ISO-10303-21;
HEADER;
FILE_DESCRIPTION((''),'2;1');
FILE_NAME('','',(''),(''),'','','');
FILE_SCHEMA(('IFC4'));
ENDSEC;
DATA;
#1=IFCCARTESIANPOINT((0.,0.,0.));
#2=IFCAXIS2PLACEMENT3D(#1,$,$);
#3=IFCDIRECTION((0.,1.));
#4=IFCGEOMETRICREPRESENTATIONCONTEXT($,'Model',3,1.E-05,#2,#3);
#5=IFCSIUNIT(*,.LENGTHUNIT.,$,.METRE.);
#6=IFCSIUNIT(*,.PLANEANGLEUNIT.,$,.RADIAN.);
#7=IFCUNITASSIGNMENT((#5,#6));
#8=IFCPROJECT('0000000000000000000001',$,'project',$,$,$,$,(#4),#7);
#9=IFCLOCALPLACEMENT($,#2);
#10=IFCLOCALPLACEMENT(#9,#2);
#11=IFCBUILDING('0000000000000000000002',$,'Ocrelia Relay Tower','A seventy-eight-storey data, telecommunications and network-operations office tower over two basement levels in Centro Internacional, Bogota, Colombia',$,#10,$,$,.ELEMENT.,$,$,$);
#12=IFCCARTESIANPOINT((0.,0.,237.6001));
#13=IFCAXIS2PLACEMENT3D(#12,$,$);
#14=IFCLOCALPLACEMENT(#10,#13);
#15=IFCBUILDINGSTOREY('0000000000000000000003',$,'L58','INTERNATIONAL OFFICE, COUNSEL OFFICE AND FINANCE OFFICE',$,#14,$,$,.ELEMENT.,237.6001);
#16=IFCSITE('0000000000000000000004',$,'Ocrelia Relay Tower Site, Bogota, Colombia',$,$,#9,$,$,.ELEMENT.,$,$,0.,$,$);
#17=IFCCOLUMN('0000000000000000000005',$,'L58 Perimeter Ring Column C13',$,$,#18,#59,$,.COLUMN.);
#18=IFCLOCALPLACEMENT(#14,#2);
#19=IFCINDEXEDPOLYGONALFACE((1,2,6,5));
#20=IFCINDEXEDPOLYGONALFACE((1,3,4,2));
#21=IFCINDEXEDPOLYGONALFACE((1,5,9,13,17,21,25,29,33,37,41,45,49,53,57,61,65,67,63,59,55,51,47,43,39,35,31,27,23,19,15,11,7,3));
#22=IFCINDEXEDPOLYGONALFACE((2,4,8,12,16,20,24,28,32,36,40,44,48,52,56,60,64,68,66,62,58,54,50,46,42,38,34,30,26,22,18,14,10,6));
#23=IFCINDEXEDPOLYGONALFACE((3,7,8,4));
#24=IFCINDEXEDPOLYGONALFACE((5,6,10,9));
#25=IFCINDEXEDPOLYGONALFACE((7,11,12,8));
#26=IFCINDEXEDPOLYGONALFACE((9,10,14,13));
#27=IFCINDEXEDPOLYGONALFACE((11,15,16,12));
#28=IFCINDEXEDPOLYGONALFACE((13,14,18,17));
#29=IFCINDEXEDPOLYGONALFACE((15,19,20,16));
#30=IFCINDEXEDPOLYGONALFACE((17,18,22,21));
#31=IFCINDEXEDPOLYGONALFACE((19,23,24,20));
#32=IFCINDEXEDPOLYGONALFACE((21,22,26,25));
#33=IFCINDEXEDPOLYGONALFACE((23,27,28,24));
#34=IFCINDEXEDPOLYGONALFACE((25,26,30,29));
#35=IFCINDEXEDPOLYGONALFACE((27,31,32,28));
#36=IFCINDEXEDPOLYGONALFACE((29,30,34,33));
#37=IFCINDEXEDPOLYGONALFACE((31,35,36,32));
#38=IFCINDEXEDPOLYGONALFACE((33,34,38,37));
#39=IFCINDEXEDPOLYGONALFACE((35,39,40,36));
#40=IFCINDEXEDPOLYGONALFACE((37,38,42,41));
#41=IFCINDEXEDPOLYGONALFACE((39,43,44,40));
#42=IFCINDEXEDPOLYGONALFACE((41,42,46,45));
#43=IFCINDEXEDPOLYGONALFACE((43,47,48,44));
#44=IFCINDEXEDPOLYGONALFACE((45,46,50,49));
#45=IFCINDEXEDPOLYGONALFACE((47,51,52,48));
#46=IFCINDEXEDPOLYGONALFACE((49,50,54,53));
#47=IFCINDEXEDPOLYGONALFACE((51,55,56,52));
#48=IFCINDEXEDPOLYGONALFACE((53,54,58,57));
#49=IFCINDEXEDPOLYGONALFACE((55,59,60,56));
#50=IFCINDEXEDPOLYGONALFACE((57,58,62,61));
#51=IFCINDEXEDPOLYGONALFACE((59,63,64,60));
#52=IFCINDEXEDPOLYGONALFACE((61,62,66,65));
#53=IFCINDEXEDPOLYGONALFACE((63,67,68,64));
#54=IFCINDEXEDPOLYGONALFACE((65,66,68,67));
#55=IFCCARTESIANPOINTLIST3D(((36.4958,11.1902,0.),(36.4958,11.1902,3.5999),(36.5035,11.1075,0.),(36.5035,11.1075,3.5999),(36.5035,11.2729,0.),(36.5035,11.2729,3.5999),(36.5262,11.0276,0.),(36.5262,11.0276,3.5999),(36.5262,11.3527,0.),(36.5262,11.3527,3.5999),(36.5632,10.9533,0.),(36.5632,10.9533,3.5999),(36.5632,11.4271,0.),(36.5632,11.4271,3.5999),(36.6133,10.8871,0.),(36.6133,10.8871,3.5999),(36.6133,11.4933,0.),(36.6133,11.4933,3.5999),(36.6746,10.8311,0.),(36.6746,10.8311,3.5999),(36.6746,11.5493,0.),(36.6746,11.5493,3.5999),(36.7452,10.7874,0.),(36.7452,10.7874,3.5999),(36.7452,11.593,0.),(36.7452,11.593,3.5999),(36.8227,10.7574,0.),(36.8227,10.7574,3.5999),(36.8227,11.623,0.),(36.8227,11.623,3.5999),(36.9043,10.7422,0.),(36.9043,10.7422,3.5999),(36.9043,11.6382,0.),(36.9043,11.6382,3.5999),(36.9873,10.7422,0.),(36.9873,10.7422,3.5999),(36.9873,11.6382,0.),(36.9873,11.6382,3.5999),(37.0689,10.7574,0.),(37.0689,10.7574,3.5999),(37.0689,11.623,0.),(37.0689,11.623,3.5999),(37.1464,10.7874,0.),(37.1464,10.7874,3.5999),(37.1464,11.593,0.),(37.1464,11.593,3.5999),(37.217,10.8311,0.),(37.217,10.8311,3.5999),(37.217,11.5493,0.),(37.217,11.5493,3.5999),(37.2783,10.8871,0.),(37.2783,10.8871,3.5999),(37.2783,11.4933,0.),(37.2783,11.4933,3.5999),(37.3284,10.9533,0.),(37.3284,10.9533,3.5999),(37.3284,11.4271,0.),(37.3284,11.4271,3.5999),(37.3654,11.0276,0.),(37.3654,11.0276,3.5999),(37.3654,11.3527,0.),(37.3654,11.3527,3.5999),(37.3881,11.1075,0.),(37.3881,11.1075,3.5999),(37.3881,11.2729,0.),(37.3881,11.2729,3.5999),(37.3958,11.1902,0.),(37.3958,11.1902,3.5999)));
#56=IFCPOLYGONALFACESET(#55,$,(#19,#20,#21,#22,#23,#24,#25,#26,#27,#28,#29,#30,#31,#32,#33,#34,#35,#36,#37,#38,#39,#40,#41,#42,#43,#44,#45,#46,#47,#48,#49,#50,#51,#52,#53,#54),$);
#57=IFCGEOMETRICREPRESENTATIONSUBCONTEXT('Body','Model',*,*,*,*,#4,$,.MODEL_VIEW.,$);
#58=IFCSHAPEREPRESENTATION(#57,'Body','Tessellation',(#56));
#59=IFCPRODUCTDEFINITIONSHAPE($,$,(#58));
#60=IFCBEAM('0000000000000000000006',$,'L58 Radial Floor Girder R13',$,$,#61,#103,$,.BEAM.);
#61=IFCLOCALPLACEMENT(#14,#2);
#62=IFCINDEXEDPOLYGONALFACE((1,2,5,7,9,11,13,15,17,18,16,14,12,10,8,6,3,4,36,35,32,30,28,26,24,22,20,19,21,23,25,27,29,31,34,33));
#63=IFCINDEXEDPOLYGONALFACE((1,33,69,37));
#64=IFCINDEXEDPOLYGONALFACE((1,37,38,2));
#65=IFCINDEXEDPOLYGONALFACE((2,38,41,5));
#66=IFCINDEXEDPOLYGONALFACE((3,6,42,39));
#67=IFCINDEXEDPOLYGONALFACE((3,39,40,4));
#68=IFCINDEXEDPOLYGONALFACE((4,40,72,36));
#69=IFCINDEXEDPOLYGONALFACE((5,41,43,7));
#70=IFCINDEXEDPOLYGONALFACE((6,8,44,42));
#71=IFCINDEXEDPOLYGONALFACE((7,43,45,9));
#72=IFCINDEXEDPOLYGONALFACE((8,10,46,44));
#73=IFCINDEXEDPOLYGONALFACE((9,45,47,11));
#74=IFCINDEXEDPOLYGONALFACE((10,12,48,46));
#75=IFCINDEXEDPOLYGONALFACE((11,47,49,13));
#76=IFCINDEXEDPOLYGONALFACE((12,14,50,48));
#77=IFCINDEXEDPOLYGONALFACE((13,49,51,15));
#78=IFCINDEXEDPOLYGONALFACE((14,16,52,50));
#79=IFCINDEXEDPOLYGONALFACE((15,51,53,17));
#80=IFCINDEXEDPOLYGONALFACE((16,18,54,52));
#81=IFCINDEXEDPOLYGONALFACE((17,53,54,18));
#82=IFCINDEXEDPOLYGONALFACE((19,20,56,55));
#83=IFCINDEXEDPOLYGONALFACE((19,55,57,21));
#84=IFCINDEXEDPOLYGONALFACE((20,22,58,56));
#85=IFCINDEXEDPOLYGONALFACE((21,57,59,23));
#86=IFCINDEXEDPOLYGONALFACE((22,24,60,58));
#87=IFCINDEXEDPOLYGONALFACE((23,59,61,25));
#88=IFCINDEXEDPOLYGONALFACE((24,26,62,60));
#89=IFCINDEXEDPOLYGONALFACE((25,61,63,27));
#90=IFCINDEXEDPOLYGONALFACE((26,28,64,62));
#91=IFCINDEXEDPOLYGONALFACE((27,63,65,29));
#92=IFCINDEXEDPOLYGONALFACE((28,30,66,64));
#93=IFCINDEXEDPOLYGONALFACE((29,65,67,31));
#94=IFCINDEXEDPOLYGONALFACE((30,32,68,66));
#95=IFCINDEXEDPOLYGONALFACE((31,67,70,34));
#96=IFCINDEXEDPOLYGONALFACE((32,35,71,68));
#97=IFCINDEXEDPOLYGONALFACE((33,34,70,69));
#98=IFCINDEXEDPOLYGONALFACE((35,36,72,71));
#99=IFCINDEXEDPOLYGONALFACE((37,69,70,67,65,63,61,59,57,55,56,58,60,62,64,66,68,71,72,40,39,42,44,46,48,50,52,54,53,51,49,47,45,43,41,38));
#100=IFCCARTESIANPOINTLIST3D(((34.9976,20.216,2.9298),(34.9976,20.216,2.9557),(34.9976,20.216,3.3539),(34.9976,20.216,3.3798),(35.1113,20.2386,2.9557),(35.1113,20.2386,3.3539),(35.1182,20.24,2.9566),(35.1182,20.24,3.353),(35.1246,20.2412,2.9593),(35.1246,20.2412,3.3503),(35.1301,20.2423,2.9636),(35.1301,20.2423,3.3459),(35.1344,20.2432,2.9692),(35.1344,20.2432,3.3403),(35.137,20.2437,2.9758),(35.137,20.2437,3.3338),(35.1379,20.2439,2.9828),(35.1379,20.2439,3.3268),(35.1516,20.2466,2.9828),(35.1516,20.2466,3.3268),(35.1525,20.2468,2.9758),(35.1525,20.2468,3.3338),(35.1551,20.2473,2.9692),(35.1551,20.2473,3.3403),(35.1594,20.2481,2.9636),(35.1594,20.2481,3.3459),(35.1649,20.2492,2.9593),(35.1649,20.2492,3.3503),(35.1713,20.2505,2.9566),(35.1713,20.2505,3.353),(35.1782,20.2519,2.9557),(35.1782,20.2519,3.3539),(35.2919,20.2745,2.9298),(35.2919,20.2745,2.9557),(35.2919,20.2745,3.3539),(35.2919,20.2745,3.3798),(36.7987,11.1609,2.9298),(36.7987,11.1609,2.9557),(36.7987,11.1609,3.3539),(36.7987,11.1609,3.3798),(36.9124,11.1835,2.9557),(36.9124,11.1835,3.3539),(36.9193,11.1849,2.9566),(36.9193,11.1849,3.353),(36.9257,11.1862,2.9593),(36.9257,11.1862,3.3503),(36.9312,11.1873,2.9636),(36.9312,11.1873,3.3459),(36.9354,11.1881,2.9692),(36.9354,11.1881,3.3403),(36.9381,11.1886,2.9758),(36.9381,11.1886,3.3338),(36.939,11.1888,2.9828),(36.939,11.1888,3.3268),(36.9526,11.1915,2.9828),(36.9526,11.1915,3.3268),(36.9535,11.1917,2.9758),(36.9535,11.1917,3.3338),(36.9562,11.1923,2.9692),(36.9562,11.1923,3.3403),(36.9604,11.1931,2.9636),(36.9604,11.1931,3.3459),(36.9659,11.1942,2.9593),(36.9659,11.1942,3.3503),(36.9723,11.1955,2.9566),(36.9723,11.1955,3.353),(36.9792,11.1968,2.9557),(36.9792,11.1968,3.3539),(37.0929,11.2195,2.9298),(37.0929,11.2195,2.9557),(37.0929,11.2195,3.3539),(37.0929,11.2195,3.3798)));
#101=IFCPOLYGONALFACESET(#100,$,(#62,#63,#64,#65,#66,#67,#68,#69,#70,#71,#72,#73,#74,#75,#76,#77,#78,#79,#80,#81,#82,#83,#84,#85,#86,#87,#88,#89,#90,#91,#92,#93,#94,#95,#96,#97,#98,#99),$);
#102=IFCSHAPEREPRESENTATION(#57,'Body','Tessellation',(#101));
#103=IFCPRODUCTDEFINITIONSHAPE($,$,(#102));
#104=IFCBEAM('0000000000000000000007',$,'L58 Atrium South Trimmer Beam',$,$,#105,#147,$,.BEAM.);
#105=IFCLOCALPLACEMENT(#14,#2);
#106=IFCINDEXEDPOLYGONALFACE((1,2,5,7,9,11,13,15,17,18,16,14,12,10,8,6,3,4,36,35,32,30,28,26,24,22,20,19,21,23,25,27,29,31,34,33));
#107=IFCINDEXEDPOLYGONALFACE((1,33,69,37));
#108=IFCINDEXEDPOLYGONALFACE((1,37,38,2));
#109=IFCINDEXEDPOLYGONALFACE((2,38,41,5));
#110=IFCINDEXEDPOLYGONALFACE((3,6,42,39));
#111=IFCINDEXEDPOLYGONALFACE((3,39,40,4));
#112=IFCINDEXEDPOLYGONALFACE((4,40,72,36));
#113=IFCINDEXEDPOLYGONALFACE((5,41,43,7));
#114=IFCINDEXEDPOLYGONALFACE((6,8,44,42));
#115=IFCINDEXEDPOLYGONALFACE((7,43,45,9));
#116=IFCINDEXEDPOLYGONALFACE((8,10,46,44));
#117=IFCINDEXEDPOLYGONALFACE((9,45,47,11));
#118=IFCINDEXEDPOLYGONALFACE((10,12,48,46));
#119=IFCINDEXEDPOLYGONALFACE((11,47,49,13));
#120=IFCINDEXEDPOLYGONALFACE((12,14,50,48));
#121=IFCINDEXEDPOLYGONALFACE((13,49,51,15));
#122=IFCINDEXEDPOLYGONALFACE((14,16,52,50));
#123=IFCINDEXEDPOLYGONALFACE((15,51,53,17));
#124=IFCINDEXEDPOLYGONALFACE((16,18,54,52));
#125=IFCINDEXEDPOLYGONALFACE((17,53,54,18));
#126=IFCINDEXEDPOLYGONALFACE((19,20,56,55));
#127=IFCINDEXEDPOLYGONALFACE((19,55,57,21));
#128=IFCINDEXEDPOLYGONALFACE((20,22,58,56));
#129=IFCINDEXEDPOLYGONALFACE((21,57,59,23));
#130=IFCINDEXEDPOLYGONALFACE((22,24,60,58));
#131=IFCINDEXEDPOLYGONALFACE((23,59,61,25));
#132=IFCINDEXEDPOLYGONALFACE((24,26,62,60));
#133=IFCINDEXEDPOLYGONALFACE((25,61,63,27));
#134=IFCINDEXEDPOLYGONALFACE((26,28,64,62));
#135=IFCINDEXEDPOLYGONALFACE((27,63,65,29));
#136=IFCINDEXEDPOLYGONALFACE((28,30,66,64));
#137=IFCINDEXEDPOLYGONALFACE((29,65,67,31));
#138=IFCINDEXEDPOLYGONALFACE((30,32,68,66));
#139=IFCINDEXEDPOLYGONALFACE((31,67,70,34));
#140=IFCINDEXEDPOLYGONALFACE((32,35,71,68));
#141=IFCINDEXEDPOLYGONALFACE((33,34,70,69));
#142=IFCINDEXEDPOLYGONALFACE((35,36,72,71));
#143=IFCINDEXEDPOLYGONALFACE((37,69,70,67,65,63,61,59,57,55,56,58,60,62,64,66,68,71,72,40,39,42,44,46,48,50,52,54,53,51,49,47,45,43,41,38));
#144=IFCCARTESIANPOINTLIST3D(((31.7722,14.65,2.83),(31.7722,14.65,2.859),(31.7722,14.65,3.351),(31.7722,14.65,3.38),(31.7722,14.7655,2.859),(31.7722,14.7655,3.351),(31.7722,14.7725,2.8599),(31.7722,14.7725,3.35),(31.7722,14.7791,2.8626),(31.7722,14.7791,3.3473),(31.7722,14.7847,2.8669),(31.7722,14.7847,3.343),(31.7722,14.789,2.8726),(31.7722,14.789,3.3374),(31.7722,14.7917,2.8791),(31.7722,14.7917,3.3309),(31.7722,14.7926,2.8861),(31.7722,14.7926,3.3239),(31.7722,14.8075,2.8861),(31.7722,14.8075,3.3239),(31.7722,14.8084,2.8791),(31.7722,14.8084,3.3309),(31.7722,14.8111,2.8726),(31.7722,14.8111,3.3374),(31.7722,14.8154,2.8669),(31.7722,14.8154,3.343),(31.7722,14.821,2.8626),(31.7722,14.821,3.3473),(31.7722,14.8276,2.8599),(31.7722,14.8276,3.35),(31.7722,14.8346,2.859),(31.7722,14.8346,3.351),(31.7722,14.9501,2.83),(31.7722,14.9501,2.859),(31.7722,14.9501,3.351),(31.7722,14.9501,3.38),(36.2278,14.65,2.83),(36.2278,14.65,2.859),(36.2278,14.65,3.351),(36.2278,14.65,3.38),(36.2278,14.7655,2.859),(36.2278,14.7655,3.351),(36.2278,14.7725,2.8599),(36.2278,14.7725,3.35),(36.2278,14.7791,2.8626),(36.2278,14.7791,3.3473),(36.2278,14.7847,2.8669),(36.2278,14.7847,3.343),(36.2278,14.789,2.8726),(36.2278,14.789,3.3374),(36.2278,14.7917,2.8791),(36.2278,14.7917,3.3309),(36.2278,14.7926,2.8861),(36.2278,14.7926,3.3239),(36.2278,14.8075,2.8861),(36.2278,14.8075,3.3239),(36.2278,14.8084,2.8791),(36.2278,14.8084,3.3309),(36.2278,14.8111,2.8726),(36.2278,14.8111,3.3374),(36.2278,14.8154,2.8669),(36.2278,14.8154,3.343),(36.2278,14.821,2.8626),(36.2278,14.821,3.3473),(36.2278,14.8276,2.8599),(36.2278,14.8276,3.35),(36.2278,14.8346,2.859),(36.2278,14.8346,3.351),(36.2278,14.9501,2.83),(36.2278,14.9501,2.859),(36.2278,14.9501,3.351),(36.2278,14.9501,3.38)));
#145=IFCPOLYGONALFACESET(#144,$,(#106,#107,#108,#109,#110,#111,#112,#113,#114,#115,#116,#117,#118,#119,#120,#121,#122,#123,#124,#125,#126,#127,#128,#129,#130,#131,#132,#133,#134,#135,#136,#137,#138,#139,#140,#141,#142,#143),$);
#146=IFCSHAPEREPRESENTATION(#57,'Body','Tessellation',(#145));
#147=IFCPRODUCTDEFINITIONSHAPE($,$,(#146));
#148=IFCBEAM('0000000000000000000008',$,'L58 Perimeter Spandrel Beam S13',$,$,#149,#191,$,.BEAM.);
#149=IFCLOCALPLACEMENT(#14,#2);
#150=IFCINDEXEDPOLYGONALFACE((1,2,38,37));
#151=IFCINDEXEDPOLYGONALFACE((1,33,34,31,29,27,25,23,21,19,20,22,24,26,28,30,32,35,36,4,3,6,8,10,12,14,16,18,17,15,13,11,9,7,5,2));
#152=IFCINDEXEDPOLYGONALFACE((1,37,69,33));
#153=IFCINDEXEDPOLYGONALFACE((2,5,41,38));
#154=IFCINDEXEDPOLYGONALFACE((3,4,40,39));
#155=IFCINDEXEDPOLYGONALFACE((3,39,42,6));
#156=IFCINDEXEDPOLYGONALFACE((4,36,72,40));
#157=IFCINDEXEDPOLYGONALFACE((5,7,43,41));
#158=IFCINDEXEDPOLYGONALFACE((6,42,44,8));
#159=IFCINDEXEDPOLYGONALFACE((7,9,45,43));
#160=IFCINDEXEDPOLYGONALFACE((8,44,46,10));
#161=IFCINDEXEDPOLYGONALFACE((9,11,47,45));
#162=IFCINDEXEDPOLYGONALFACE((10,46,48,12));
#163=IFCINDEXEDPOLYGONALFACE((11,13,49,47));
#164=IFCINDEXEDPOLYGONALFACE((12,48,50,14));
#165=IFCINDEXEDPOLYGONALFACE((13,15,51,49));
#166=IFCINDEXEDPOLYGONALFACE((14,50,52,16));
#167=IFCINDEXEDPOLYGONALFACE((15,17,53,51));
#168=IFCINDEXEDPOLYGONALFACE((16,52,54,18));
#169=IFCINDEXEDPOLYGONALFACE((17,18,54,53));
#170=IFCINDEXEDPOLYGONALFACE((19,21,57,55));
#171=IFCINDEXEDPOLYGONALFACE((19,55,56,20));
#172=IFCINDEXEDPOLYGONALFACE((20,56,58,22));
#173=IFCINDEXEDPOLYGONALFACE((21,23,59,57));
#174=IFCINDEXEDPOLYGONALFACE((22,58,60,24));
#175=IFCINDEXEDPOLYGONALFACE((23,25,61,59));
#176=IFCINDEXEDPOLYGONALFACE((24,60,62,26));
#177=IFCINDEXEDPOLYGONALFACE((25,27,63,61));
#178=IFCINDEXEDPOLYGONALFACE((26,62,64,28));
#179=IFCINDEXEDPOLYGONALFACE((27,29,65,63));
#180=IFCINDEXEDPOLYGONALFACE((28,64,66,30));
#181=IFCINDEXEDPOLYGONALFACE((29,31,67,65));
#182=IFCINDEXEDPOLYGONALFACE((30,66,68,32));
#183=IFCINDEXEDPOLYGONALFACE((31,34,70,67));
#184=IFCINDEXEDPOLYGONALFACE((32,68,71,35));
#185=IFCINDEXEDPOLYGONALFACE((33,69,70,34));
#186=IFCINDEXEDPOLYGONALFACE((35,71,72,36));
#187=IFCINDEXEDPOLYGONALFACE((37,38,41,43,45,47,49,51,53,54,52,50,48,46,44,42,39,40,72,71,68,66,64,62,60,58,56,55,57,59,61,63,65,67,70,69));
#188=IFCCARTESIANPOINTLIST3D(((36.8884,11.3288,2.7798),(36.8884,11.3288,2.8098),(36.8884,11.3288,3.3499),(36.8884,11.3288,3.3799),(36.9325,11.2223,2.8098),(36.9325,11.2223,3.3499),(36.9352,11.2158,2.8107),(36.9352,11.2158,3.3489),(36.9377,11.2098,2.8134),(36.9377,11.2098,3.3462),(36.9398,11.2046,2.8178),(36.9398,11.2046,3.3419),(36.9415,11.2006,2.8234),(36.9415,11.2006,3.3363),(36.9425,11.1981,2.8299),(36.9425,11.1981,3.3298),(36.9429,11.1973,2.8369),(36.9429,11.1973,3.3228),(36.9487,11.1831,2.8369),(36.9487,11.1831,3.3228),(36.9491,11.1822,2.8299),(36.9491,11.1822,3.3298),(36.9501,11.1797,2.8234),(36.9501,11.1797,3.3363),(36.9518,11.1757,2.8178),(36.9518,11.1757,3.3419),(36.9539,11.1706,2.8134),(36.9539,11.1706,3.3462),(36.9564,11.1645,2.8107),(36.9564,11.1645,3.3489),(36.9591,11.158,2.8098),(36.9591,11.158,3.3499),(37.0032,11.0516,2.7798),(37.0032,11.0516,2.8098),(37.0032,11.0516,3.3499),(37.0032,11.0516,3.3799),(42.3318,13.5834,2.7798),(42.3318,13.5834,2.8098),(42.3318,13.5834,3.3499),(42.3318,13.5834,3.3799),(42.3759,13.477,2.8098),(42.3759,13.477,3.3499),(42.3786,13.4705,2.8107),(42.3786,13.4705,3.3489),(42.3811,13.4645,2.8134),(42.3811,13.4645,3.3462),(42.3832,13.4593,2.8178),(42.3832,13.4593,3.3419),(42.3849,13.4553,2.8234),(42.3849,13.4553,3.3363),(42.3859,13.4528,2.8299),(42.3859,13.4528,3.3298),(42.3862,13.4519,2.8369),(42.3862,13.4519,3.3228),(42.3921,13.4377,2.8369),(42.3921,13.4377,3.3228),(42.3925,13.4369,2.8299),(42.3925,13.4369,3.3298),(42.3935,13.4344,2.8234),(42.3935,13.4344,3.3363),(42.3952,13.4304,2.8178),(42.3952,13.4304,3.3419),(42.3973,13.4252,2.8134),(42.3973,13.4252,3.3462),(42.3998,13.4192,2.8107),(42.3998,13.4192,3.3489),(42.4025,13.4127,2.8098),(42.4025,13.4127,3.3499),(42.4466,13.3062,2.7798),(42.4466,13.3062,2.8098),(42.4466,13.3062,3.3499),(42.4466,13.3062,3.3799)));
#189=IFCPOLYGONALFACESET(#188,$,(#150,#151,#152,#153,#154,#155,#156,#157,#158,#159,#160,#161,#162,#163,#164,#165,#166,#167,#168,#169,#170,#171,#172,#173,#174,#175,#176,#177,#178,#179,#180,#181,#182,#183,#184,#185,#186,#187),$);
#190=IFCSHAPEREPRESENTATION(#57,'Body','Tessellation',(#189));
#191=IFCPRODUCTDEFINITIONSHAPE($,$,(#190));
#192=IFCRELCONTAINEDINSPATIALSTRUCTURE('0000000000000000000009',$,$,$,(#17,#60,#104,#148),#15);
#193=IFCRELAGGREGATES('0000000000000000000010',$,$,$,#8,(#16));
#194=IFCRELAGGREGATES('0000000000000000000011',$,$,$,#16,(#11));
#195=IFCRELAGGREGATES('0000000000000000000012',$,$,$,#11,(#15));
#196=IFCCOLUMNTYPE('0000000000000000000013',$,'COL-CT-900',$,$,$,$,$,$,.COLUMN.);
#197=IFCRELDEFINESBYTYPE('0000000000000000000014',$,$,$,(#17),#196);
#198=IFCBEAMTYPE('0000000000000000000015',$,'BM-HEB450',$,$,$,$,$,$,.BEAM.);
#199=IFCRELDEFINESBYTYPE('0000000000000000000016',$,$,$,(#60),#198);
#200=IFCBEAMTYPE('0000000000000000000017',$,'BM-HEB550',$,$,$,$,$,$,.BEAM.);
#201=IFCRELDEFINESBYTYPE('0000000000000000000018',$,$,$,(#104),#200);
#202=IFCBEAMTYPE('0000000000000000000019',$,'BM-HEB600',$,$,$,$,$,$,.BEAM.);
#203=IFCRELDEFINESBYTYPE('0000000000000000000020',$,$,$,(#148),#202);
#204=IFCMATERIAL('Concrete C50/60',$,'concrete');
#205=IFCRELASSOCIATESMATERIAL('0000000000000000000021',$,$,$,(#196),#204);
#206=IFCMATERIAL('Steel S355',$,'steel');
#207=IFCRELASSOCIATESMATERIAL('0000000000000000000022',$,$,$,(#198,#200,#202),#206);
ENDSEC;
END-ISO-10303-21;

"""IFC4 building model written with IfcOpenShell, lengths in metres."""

from ifc_helpers import new_model, si_unit, direction, frame, origin, origin_2d, place, context, subcontext, project, spatial, circle, i_section, extrude, material, material_profile, profile_set, type_object, element, save


model = new_model("IFC4")

# Units and contexts
model_context = context("Model", 3, precision=1e-05, world=origin(), true_north=direction((0.0, 1.0)))
body_context = subcontext(model_context, "Body", "Model", "MODEL_VIEW")
ifc_project = project(units=[si_unit("LENGTHUNIT", "METRE"), si_unit("PLANEANGLEUNIT", "RADIAN")], contexts=[model_context])

# Site, building, storey
site_placement = place(None, origin())
site = spatial("IfcSite", under=ifc_project, at=site_placement, Name="Ocrelia Relay Tower Site, Bogota, Colombia", CompositionType="ELEMENT", RefElevation=0.0)
building_placement = place(site_placement, origin())
building = spatial("IfcBuilding", under=site, at=building_placement, Name="Ocrelia Relay Tower", Description="A seventy-eight-storey data, telecommunications and network-operations office tower over two basement levels in Centro Internacional, Bogota, Colombia", CompositionType="ELEMENT")
storey_placement = place(building_placement, frame((0.0, 0.0, 237.6001)))
storey = spatial("IfcBuildingStorey", under=building, at=storey_placement, Name="L58", Description="INTERNATIONAL OFFICE, COUNSEL OFFICE AND FINANCE OFFICE", CompositionType="ELEMENT", Elevation=237.6001)

# Column
ifc_material_1 = material(Name="Concrete C50/60", Category="concrete")
ifc_material_profile_1 = material_profile(ifc_material_1, circle(Radius=0.45, at=origin_2d()), Name="RC-CIR-900")
ifc_profile_set_1 = profile_set([ifc_material_profile_1], Name="Concrete C50/60")
column_type = type_object("IfcColumnType", Name="COL-CT-900", PredefinedType="COLUMN", material=ifc_profile_set_1)
column_placement = place(storey_placement, frame((36.9458, 11.1902, 0.0), z_axis=(0.0, 0.0, 1.0), x_axis=(1.0, 0.0, 0.0)))
element("IfcColumn", 1, at=column_placement, inside=storey, type_object=column_type, Name="L58 Perimeter Ring Column C13", PredefinedType="COLUMN", context=body_context, shape_type="SweptSolid", body=[
    extrude(circle(Radius=0.45, at=origin_2d()), origin(), (0.0, 0.0, 1.0), 3.5999),
])

# Beams
ifc_material_2 = material(Name="Steel S355", Category="steel")
ifc_material_profile_2 = material_profile(ifc_material_2, i_section(OverallWidth=0.3, OverallDepth=0.45, WebThickness=0.0139, FlangeThickness=0.0259, FilletRadius=0.0271, at=origin_2d()), Name="HEB 450")
ifc_profile_set_2 = profile_set([ifc_material_profile_2], Name="Steel S355")
beam_type_1 = type_object("IfcBeamType", Name="BM-HEB450", PredefinedType="BEAM", material=ifc_profile_set_2)
beam_1_placement = place(storey_placement, frame((36.9458, 11.1902, 3.1548), z_axis=(-0.195079, 0.980788, 0.0), x_axis=(-0.980788, -0.195079, 0.0)))
element("IfcBeam", 2, at=beam_1_placement, inside=storey, type_object=beam_type_1, Name="L58 Radial Floor Girder R13", PredefinedType="BEAM", context=body_context, shape_type="SweptSolid", body=[
    extrude(i_section(OverallWidth=0.3, OverallDepth=0.45, WebThickness=0.0139, FlangeThickness=0.0259, FilletRadius=0.0271, at=origin_2d()), origin(), (0.0, 0.0, 1.0), 9.2324),
])
ifc_material_profile_3 = material_profile(ifc_material_2, i_section(OverallWidth=0.3, OverallDepth=0.55, WebThickness=0.0149, FlangeThickness=0.0291, FilletRadius=0.0271, at=origin_2d()), Name="HEB 550")
ifc_profile_set_3 = profile_set([ifc_material_profile_3], Name="Steel S355")
beam_type_2 = type_object("IfcBeamType", Name="BM-HEB550", PredefinedType="BEAM", material=ifc_profile_set_3)
beam_2_placement = place(storey_placement, frame((31.7722, 14.8, 3.105), z_axis=(1.0, 0.0, 0.0), x_axis=(0.0, 1.0, 0.0)))
element("IfcBeam", 3, at=beam_2_placement, inside=storey, type_object=beam_type_2, Name="L58 Atrium South Trimmer Beam", PredefinedType="BEAM", context=body_context, shape_type="SweptSolid", body=[
    extrude(i_section(OverallWidth=0.3, OverallDepth=0.55, WebThickness=0.0149, FlangeThickness=0.0291, FilletRadius=0.0271, at=origin_2d()), origin(), (0.0, 0.0, 1.0), 4.4556),
])
ifc_material_profile_4 = material_profile(ifc_material_2, i_section(OverallWidth=0.3, OverallDepth=0.6001, WebThickness=0.0154, FlangeThickness=0.03, FilletRadius=0.0271, at=origin_2d()), Name="HEB 600")
ifc_profile_set_4 = profile_set([ifc_material_profile_4], Name="Steel S355")
beam_type_3 = type_object("IfcBeamType", Name="BM-HEB600", PredefinedType="BEAM", material=ifc_profile_set_4)
beam_3_placement = place(storey_placement, frame((36.9458, 11.1902, 3.0798), z_axis=(0.923884, 0.382673, 0.0), x_axis=(-0.382673, 0.923884, 0.0)))
element("IfcBeam", 4, at=beam_3_placement, inside=storey, type_object=beam_type_3, Name="L58 Perimeter Spandrel Beam S13", PredefinedType="BEAM", context=body_context, shape_type="SweptSolid", body=[
    extrude(i_section(OverallWidth=0.3, OverallDepth=0.6001, WebThickness=0.0154, FlangeThickness=0.03, FilletRadius=0.0271, at=origin_2d()), origin(), (0.0, 0.0, 1.0), 5.8918),
])

save(model, "model.ifc")
